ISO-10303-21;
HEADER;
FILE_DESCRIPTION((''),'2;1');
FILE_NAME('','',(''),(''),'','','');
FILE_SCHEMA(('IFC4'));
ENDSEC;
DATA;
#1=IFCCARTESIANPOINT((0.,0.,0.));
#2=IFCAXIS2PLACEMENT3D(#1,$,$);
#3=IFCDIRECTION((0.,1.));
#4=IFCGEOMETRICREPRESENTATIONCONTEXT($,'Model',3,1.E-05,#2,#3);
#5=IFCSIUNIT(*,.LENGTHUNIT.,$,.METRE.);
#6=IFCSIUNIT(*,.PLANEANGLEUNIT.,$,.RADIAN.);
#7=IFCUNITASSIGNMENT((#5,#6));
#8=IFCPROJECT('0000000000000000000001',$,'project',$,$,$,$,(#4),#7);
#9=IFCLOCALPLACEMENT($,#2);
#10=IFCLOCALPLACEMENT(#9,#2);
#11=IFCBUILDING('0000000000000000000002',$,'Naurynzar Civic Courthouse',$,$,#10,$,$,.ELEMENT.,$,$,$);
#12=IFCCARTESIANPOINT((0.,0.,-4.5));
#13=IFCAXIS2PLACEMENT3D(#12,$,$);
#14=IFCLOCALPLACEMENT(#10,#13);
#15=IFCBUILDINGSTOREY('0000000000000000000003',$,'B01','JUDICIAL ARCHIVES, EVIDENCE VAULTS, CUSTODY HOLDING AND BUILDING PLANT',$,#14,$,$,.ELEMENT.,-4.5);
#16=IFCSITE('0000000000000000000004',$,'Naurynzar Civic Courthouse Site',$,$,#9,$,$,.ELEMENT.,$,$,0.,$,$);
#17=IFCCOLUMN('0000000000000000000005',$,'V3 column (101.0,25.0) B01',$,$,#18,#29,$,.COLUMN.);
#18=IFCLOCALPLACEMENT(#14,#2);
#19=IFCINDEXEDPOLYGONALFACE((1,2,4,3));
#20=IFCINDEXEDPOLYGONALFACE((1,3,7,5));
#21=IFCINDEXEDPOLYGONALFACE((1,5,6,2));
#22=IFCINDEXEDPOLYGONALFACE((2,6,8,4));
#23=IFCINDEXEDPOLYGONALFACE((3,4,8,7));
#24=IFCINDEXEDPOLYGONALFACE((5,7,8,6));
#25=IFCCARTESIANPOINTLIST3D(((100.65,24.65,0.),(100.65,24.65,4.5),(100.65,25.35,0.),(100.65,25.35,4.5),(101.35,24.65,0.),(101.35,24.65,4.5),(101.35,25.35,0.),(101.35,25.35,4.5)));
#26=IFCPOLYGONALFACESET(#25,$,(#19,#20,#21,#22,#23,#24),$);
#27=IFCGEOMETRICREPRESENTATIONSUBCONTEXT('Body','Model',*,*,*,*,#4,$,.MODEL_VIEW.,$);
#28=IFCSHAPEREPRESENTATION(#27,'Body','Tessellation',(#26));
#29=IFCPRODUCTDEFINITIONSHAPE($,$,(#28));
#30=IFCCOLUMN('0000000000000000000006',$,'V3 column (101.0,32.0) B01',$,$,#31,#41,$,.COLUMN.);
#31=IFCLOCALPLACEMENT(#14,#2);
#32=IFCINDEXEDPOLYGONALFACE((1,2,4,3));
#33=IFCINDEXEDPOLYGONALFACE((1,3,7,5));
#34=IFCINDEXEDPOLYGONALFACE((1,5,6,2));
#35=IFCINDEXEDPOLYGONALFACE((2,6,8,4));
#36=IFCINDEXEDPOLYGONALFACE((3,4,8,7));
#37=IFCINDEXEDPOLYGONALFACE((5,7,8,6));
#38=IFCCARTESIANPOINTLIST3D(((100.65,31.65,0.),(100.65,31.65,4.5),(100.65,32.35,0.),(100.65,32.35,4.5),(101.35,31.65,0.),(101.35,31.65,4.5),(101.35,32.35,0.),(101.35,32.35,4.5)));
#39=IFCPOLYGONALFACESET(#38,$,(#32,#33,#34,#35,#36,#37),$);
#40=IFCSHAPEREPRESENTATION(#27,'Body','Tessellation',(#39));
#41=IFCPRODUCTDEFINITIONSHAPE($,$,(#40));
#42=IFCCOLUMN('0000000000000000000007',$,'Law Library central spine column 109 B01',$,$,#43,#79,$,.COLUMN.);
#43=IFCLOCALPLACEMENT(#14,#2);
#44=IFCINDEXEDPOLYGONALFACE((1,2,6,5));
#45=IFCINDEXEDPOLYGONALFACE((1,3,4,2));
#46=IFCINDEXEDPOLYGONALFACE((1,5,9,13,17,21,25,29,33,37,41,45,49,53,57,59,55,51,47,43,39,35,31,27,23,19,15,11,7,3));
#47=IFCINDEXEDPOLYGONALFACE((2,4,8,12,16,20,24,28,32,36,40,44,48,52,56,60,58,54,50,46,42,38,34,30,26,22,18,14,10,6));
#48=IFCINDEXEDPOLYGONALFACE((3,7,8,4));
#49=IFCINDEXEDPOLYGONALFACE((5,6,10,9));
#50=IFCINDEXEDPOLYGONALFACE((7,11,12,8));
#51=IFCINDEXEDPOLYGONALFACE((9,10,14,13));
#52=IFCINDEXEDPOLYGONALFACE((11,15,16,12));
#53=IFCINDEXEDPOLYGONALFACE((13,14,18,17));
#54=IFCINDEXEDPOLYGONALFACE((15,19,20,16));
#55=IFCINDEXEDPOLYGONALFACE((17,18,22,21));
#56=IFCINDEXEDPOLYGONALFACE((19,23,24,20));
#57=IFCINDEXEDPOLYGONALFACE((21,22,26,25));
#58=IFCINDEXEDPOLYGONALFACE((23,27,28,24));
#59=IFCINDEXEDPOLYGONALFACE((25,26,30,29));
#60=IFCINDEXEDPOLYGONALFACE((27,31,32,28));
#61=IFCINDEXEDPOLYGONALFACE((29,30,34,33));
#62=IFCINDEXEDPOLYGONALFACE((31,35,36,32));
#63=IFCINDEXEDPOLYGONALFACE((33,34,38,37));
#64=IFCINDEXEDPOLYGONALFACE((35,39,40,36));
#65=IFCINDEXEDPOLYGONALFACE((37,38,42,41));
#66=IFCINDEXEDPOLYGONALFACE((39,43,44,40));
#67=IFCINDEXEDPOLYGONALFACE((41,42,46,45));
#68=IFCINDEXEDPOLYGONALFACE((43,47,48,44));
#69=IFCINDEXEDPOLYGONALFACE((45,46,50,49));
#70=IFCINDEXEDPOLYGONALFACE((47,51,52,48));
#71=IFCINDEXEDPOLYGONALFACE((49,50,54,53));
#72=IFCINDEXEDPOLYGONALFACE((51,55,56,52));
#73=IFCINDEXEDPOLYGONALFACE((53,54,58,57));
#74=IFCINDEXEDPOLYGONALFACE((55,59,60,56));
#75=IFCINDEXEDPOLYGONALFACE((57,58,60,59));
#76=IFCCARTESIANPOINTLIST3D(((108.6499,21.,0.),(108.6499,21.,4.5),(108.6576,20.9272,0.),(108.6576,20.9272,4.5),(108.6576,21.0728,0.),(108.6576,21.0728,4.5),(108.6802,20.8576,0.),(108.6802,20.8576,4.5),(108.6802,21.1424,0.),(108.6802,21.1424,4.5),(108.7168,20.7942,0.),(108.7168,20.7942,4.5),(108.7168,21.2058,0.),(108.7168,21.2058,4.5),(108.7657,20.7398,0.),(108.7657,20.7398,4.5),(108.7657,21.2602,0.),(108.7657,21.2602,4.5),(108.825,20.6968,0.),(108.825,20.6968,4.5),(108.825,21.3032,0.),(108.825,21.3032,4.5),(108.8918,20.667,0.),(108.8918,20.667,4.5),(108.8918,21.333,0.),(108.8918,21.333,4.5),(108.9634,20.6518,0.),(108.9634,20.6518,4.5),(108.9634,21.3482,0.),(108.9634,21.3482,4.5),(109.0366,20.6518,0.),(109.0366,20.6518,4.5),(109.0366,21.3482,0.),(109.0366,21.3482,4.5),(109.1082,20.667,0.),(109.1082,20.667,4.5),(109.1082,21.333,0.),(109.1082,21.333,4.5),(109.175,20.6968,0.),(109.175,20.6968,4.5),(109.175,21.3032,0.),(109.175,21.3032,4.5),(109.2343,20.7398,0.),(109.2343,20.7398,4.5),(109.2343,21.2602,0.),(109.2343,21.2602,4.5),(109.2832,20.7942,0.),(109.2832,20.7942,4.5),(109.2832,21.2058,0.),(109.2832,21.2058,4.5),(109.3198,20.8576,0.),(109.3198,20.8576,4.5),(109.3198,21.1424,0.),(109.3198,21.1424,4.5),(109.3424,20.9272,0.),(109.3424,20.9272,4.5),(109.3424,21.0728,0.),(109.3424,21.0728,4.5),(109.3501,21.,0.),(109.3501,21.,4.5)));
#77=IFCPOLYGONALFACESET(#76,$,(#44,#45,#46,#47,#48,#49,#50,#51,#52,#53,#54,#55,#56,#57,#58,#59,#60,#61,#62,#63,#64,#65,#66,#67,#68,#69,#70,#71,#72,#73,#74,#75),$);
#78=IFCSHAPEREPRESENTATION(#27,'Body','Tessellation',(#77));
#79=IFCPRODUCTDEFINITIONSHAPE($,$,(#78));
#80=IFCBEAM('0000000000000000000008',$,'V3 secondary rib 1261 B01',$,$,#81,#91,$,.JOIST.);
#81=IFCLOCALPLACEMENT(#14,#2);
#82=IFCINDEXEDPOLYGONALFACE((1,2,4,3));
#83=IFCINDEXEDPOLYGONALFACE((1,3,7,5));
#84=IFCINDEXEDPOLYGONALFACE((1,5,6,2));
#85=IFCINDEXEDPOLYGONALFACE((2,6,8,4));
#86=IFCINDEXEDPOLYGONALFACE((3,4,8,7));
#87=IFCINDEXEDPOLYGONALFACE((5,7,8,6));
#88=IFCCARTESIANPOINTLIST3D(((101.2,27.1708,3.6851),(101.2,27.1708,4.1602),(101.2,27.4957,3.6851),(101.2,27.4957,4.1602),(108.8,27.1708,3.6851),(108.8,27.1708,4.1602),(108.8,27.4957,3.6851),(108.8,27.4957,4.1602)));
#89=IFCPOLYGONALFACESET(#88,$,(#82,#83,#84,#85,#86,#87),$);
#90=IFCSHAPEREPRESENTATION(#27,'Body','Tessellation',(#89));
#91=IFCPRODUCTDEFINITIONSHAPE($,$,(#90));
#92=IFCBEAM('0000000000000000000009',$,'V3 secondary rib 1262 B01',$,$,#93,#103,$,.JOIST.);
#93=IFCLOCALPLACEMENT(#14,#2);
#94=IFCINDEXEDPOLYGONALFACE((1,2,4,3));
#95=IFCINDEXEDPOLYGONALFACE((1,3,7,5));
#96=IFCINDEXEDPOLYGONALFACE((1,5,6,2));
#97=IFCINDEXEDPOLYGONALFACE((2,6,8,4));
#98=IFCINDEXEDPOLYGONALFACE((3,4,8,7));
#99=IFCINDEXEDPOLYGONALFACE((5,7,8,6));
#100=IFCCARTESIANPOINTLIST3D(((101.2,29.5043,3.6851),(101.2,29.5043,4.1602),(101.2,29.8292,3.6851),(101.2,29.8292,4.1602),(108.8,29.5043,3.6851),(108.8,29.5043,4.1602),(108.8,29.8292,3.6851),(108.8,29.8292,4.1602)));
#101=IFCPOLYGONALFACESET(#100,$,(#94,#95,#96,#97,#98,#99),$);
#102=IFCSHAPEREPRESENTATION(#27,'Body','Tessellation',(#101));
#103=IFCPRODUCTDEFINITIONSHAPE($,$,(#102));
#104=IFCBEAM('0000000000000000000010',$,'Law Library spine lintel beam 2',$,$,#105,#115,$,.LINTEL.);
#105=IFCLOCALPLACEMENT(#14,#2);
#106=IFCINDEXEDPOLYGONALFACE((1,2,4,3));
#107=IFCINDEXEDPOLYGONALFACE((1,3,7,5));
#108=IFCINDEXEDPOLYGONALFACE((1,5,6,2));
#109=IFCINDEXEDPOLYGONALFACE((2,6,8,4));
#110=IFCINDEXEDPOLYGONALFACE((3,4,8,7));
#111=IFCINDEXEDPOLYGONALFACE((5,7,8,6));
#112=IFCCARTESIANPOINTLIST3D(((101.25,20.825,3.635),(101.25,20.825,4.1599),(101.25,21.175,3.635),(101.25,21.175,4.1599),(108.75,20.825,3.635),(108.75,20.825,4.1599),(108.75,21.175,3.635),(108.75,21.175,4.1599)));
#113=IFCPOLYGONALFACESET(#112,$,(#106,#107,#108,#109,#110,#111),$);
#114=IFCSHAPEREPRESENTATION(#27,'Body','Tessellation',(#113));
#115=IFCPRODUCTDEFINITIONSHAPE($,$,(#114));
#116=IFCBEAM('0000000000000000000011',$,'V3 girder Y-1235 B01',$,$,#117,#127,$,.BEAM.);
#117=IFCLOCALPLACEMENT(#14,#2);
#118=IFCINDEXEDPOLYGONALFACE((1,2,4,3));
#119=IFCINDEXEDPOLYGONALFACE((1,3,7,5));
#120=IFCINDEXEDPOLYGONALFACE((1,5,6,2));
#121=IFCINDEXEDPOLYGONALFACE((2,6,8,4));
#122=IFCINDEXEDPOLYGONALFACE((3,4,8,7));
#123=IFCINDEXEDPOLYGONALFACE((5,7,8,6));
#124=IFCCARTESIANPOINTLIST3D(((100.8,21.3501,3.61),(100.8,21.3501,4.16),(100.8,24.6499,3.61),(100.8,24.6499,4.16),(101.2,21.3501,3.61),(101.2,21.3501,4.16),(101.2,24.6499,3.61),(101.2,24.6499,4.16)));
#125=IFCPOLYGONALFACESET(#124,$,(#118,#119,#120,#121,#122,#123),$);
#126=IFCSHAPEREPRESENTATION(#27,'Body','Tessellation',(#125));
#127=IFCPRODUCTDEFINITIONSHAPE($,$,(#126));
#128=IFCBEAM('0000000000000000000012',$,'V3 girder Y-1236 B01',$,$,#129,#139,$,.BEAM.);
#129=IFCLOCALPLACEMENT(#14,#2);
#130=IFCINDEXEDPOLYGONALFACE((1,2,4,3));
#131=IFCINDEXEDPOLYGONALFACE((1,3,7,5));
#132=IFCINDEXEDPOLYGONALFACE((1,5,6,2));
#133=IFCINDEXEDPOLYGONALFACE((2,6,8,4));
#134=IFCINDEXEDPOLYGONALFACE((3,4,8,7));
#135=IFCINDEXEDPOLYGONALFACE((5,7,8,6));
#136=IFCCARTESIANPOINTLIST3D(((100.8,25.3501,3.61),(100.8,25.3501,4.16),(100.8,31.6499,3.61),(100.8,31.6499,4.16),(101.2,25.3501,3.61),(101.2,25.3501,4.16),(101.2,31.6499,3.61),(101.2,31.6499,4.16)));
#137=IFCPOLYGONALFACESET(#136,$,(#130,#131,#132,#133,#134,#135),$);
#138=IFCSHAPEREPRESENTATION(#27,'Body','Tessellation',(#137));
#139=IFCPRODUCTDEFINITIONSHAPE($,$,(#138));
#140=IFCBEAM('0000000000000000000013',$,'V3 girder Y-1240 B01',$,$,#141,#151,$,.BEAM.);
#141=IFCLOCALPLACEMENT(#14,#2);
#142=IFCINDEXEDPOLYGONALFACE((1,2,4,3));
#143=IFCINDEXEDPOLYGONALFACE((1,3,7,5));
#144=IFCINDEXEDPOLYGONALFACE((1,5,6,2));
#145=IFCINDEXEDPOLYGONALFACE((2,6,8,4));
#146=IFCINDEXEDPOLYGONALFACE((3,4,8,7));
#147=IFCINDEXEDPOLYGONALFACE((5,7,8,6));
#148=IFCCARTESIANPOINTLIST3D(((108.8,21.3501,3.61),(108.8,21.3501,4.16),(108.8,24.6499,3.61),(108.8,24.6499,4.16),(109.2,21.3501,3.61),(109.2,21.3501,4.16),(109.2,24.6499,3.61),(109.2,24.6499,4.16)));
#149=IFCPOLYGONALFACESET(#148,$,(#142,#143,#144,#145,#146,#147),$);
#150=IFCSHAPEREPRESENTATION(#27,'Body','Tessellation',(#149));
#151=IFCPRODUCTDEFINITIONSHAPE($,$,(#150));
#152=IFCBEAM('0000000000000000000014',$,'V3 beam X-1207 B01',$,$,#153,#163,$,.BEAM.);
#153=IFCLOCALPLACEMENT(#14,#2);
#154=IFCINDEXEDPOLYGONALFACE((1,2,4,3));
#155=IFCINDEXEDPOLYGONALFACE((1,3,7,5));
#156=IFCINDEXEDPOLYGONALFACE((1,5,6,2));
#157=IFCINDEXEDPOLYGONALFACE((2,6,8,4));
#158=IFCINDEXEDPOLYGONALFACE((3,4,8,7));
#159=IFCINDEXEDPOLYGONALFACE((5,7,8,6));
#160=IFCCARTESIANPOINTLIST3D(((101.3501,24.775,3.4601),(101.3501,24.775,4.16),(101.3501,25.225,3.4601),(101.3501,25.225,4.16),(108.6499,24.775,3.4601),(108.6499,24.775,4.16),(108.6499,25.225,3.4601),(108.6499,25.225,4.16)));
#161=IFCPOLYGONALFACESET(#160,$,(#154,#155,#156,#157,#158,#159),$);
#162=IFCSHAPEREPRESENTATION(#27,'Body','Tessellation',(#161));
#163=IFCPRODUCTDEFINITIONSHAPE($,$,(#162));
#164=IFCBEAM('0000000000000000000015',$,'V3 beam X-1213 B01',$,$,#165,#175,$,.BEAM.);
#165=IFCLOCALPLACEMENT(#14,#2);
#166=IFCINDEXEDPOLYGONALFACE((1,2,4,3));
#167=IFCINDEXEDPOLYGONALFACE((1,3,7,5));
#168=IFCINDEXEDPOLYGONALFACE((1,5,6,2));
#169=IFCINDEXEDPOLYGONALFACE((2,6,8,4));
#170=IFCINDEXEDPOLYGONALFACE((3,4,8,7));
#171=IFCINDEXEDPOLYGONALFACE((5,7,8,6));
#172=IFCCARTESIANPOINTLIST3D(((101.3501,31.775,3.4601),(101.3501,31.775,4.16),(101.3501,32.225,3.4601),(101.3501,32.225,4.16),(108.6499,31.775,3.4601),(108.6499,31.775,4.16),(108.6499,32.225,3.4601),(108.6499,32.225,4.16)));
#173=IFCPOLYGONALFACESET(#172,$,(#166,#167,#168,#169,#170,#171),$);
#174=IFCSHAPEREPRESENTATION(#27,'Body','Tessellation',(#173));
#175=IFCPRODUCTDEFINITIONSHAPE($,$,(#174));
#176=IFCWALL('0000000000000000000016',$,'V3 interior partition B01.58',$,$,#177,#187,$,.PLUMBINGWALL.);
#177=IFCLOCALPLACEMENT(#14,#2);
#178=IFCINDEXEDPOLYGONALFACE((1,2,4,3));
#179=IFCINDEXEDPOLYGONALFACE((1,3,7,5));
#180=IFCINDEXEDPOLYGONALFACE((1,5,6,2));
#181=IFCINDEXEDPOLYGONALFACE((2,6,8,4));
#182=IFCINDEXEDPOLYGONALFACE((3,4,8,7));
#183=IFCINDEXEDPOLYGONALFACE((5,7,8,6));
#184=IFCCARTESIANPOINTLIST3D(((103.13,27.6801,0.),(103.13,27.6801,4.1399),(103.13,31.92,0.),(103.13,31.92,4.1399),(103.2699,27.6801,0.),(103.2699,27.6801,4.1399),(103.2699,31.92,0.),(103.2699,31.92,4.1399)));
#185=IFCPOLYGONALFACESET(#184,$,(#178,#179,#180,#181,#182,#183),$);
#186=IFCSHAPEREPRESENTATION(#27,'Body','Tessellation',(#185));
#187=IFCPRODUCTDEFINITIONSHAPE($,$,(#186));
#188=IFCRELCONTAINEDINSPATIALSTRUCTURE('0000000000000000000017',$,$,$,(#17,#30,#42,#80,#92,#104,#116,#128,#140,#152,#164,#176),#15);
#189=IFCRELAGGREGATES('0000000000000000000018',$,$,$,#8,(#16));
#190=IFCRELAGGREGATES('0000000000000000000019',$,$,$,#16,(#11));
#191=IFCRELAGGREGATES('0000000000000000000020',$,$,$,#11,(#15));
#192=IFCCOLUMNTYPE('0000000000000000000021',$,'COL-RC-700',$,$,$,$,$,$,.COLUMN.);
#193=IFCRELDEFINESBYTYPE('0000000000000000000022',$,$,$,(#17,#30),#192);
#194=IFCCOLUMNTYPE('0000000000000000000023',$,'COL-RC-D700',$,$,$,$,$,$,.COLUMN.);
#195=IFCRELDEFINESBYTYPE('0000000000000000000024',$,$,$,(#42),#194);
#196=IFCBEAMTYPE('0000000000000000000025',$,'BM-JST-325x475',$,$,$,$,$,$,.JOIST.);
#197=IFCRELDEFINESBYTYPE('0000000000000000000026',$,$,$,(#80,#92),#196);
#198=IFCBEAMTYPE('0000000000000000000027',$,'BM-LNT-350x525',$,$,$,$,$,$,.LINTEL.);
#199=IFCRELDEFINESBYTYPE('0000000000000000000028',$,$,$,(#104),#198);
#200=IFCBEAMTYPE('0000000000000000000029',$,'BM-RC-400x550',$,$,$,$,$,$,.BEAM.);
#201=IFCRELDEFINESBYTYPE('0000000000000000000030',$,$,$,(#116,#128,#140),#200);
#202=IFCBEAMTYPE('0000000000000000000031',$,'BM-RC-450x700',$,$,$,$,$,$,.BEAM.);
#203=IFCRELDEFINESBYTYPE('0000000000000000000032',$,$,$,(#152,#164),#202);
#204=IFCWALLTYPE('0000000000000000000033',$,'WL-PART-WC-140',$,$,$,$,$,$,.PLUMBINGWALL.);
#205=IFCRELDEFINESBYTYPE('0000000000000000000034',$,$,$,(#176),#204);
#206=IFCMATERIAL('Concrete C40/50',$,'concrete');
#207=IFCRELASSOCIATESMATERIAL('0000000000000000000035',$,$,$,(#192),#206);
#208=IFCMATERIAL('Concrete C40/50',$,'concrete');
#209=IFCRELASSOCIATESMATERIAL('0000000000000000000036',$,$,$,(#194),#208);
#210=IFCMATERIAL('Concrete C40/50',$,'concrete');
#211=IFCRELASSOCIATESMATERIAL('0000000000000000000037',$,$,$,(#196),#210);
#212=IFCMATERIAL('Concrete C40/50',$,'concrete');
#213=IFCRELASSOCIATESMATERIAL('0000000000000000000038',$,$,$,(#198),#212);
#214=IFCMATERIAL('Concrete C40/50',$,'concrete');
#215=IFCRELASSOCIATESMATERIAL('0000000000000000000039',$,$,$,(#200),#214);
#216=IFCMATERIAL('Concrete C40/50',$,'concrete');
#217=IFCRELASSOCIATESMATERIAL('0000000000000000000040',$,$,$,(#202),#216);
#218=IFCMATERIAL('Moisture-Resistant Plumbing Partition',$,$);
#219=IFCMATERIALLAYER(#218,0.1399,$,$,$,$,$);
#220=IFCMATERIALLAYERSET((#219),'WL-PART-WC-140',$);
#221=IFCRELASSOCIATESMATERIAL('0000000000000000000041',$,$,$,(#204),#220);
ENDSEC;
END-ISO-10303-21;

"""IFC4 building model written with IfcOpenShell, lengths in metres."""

from ifc_helpers import new_model, si_unit, direction, frame, frame_2d, origin, origin_2d, place, context, subcontext, project, spatial, rectangle, circle, extrude, material, layer, layer_set, material_profile, profile_set, type_object, element, save


model = new_model("IFC4")

# Units and contexts
model_context = context("Model", 3, precision=1e-05, world=origin(), true_north=direction((0.0, 1.0)))
body_context = subcontext(model_context, "Body", "Model", "MODEL_VIEW")
ifc_project = project(units=[si_unit("LENGTHUNIT", "METRE"), si_unit("PLANEANGLEUNIT", "RADIAN")], contexts=[model_context])

# Site, building, storey
site_placement = place(None, origin())
site = spatial("IfcSite", under=ifc_project, at=site_placement, Name="Naurynzar Civic Courthouse Site", CompositionType="ELEMENT", RefElevation=0.0)
building_placement = place(site_placement, origin())
building = spatial("IfcBuilding", under=site, at=building_placement, Name="Naurynzar Civic Courthouse", CompositionType="ELEMENT")
storey_placement = place(building_placement, frame((0.0, 0.0, -4.5)))
storey = spatial("IfcBuildingStorey", under=building, at=storey_placement, Name="B01", Description="JUDICIAL ARCHIVES, EVIDENCE VAULTS, CUSTODY HOLDING AND BUILDING PLANT", CompositionType="ELEMENT", Elevation=-4.5)

# Columns
ifc_material_1 = material(Name="Concrete C40/50", Category="concrete")
ifc_material_profile_1 = material_profile(ifc_material_1, rectangle(XDim=0.7, YDim=0.7, at=origin_2d()), Name="RC 700x700")
ifc_profile_set_1 = profile_set([ifc_material_profile_1], Name="Concrete C40/50")
column_type_1 = type_object("IfcColumnType", Name="COL-RC-700", PredefinedType="COLUMN", material=ifc_profile_set_1)
for number, where, z_axis, x_axis, name in (
    (1, (101.0, 25.0, 0.0), (0.0, 0.0, 1.0), (1.0, 0.0, 0.0), "V3 column (101.0,25.0) B01"),
    (2, (101.0, 32.0, 0.0), (0.0, 0.0, 1.0), (1.0, 0.0, 0.0), "V3 column (101.0,32.0) B01"),
):
    element("IfcColumn", number, at=place(storey_placement, frame(where, z_axis=z_axis, x_axis=x_axis)), inside=storey, type_object=column_type_1, Name=name, PredefinedType="COLUMN", context=body_context, shape_type="SweptSolid", body=[
        extrude(rectangle(XDim=0.7, YDim=0.7, at=origin_2d()), origin(), (0.0, 0.0, 1.0), 4.5),
    ])
ifc_material_2 = material(Name="Concrete C40/50", Category="concrete")
ifc_material_profile_2 = material_profile(ifc_material_2, circle(Radius=0.3501, at=origin_2d()), Name="RC D700")
ifc_profile_set_2 = profile_set([ifc_material_profile_2], Name="Concrete C40/50")
column_type_2 = type_object("IfcColumnType", Name="COL-RC-D700", PredefinedType="COLUMN", material=ifc_profile_set_2)
column_placement = place(storey_placement, frame((109.0, 21.0, 0.0), z_axis=(0.0, 0.0, 1.0), x_axis=(1.0, 0.0, 0.0)))
element("IfcColumn", 3, at=column_placement, inside=storey, type_object=column_type_2, Name="Law Library central spine column 109 B01", PredefinedType="COLUMN", context=body_context, shape_type="SweptSolid", body=[
    extrude(circle(Radius=0.3501, at=origin_2d()), origin(), (0.0, 0.0, 1.0), 4.5),
])

# Beams
ifc_material_3 = material(Name="Concrete C40/50", Category="concrete")
ifc_material_profile_3 = material_profile(ifc_material_3, rectangle(XDim=0.325, YDim=0.4751, at=origin_2d()), Name="RCB 325x475")
ifc_profile_set_3 = profile_set([ifc_material_profile_3], Name="Concrete C40/50")
beam_type_1 = type_object("IfcBeamType", Name="BM-JST-325x475", PredefinedType="JOIST", material=ifc_profile_set_3)
for number, where, z_axis, x_axis, name in (
    (4, (101.2, 27.3333, 3.9226), (1.0, 0.0, 0.0), (0.0, 1.0, 0.0), "V3 secondary rib 1261 B01"),
    (5, (101.2, 29.6667, 3.9226), (1.0, 0.0, 0.0), (0.0, 1.0, 0.0), "V3 secondary rib 1262 B01"),
):
    element("IfcBeam", number, at=place(storey_placement, frame(where, z_axis=z_axis, x_axis=x_axis)), inside=storey, type_object=beam_type_1, Name=name, PredefinedType="JOIST", context=body_context, shape_type="SweptSolid", body=[
        extrude(rectangle(XDim=0.325, YDim=0.4751, at=origin_2d()), origin(), (0.0, 0.0, 1.0), 7.6001),
    ])
ifc_material_4 = material(Name="Concrete C40/50", Category="concrete")
ifc_material_profile_4 = material_profile(ifc_material_4, rectangle(XDim=0.3501, YDim=0.5249, at=origin_2d()), Name="RCB 350x525")
ifc_profile_set_4 = profile_set([ifc_material_profile_4], Name="Concrete C40/50")
beam_type_2 = type_object("IfcBeamType", Name="BM-LNT-350x525", PredefinedType="LINTEL", material=ifc_profile_set_4)
beam_1_placement = place(storey_placement, frame((101.25, 21.0, 3.8975), z_axis=(1.0, 0.0, 0.0), x_axis=(0.0, 1.0, 0.0)))
element("IfcBeam", 6, at=beam_1_placement, inside=storey, type_object=beam_type_2, Name="Law Library spine lintel beam 2", PredefinedType="LINTEL", context=body_context, shape_type="SweptSolid", body=[
    extrude(rectangle(XDim=0.3501, YDim=0.5249, at=origin_2d()), origin(), (0.0, 0.0, 1.0), 7.5),
])
ifc_material_5 = material(Name="Concrete C40/50", Category="concrete")
ifc_material_profile_5 = material_profile(ifc_material_5, rectangle(XDim=0.3999, YDim=0.55, at=origin_2d()), Name="RCB 400x550")
ifc_profile_set_5 = profile_set([ifc_material_profile_5], Name="Concrete C40/50")
beam_type_3 = type_object("IfcBeamType", Name="BM-RC-400x550", PredefinedType="BEAM", material=ifc_profile_set_5)
beam_2_placement = place(storey_placement, frame((101.0, 21.3501, 3.885), z_axis=(0.0, 1.0, 0.0), x_axis=(-1.0, 0.0, 0.0)))
element("IfcBeam", 7, at=beam_2_placement, inside=storey, type_object=beam_type_3, Name="V3 girder Y-1235 B01", PredefinedType="BEAM", context=body_context, shape_type="SweptSolid", body=[
    extrude(rectangle(XDim=0.3999, YDim=0.55, at=origin_2d()), origin(), (0.0, 0.0, 1.0), 3.2998),
])
beam_3_placement = place(storey_placement, frame((101.0, 25.3501, 3.885), z_axis=(0.0, 1.0, 0.0), x_axis=(-1.0, 0.0, 0.0)))
element("IfcBeam", 8, at=beam_3_placement, inside=storey, type_object=beam_type_3, Name="V3 girder Y-1236 B01", PredefinedType="BEAM", context=body_context, shape_type="SweptSolid", body=[
    extrude(rectangle(XDim=0.3999, YDim=0.55, at=origin_2d()), origin(), (0.0, 0.0, 1.0), 6.2998),
])
beam_4_placement = place(storey_placement, frame((109.0, 21.3501, 3.885), z_axis=(0.0, 1.0, 0.0), x_axis=(-1.0, 0.0, 0.0)))
element("IfcBeam", 9, at=beam_4_placement, inside=storey, type_object=beam_type_3, Name="V3 girder Y-1240 B01", PredefinedType="BEAM", context=body_context, shape_type="SweptSolid", body=[
    extrude(rectangle(XDim=0.3999, YDim=0.55, at=origin_2d()), origin(), (0.0, 0.0, 1.0), 3.2998),
])
ifc_material_6 = material(Name="Concrete C40/50", Category="concrete")
ifc_material_profile_6 = material_profile(ifc_material_6, rectangle(XDim=0.45, YDim=0.7, at=origin_2d()), Name="RCB 450x700")
ifc_profile_set_6 = profile_set([ifc_material_profile_6], Name="Concrete C40/50")
beam_type_4 = type_object("IfcBeamType", Name="BM-RC-450x700", PredefinedType="BEAM", material=ifc_profile_set_6)
for number, where, z_axis, x_axis, name in (
    (10, (101.3501, 25.0, 3.8101), (1.0, 0.0, 0.0), (0.0, 1.0, 0.0), "V3 beam X-1207 B01"),
    (11, (101.3501, 32.0, 3.8101), (1.0, 0.0, 0.0), (0.0, 1.0, 0.0), "V3 beam X-1213 B01"),
):
    element("IfcBeam", number, at=place(storey_placement, frame(where, z_axis=z_axis, x_axis=x_axis)), inside=storey, type_object=beam_type_4, Name=name, PredefinedType="BEAM", context=body_context, shape_type="SweptSolid", body=[
        extrude(rectangle(XDim=0.45, YDim=0.7, at=origin_2d()), origin(), (0.0, 0.0, 1.0), 7.2998),
    ])

# Wall
ifc_material_7 = material(Name="Moisture-Resistant Plumbing Partition")
ifc_layer_1 = layer(ifc_material_7, 0.1399)
ifc_layer_set_1 = layer_set([ifc_layer_1], Name="WL-PART-WC-140")
wall_type_1 = type_object("IfcWallType", Name="WL-PART-WC-140", PredefinedType="PLUMBINGWALL", material=ifc_layer_set_1)
wall_1_placement = place(storey_placement, frame((103.2, 27.6799, 0.0), z_axis=(0.0, 0.0, 1.0), x_axis=(0.0, 1.0, 0.0)))
element("IfcWall", 12, at=wall_1_placement, inside=storey, type_object=wall_type_1, Name="V3 interior partition B01.58", PredefinedType="PLUMBINGWALL", context=body_context, shape_type="SweptSolid", body=[
    extrude(rectangle(XDim=4.24, YDim=0.1399, at=frame_2d((2.1201, 0.0))), origin(), (0.0, 0.0, 1.0), 4.1399),
])

save(model, "model.ifc")
